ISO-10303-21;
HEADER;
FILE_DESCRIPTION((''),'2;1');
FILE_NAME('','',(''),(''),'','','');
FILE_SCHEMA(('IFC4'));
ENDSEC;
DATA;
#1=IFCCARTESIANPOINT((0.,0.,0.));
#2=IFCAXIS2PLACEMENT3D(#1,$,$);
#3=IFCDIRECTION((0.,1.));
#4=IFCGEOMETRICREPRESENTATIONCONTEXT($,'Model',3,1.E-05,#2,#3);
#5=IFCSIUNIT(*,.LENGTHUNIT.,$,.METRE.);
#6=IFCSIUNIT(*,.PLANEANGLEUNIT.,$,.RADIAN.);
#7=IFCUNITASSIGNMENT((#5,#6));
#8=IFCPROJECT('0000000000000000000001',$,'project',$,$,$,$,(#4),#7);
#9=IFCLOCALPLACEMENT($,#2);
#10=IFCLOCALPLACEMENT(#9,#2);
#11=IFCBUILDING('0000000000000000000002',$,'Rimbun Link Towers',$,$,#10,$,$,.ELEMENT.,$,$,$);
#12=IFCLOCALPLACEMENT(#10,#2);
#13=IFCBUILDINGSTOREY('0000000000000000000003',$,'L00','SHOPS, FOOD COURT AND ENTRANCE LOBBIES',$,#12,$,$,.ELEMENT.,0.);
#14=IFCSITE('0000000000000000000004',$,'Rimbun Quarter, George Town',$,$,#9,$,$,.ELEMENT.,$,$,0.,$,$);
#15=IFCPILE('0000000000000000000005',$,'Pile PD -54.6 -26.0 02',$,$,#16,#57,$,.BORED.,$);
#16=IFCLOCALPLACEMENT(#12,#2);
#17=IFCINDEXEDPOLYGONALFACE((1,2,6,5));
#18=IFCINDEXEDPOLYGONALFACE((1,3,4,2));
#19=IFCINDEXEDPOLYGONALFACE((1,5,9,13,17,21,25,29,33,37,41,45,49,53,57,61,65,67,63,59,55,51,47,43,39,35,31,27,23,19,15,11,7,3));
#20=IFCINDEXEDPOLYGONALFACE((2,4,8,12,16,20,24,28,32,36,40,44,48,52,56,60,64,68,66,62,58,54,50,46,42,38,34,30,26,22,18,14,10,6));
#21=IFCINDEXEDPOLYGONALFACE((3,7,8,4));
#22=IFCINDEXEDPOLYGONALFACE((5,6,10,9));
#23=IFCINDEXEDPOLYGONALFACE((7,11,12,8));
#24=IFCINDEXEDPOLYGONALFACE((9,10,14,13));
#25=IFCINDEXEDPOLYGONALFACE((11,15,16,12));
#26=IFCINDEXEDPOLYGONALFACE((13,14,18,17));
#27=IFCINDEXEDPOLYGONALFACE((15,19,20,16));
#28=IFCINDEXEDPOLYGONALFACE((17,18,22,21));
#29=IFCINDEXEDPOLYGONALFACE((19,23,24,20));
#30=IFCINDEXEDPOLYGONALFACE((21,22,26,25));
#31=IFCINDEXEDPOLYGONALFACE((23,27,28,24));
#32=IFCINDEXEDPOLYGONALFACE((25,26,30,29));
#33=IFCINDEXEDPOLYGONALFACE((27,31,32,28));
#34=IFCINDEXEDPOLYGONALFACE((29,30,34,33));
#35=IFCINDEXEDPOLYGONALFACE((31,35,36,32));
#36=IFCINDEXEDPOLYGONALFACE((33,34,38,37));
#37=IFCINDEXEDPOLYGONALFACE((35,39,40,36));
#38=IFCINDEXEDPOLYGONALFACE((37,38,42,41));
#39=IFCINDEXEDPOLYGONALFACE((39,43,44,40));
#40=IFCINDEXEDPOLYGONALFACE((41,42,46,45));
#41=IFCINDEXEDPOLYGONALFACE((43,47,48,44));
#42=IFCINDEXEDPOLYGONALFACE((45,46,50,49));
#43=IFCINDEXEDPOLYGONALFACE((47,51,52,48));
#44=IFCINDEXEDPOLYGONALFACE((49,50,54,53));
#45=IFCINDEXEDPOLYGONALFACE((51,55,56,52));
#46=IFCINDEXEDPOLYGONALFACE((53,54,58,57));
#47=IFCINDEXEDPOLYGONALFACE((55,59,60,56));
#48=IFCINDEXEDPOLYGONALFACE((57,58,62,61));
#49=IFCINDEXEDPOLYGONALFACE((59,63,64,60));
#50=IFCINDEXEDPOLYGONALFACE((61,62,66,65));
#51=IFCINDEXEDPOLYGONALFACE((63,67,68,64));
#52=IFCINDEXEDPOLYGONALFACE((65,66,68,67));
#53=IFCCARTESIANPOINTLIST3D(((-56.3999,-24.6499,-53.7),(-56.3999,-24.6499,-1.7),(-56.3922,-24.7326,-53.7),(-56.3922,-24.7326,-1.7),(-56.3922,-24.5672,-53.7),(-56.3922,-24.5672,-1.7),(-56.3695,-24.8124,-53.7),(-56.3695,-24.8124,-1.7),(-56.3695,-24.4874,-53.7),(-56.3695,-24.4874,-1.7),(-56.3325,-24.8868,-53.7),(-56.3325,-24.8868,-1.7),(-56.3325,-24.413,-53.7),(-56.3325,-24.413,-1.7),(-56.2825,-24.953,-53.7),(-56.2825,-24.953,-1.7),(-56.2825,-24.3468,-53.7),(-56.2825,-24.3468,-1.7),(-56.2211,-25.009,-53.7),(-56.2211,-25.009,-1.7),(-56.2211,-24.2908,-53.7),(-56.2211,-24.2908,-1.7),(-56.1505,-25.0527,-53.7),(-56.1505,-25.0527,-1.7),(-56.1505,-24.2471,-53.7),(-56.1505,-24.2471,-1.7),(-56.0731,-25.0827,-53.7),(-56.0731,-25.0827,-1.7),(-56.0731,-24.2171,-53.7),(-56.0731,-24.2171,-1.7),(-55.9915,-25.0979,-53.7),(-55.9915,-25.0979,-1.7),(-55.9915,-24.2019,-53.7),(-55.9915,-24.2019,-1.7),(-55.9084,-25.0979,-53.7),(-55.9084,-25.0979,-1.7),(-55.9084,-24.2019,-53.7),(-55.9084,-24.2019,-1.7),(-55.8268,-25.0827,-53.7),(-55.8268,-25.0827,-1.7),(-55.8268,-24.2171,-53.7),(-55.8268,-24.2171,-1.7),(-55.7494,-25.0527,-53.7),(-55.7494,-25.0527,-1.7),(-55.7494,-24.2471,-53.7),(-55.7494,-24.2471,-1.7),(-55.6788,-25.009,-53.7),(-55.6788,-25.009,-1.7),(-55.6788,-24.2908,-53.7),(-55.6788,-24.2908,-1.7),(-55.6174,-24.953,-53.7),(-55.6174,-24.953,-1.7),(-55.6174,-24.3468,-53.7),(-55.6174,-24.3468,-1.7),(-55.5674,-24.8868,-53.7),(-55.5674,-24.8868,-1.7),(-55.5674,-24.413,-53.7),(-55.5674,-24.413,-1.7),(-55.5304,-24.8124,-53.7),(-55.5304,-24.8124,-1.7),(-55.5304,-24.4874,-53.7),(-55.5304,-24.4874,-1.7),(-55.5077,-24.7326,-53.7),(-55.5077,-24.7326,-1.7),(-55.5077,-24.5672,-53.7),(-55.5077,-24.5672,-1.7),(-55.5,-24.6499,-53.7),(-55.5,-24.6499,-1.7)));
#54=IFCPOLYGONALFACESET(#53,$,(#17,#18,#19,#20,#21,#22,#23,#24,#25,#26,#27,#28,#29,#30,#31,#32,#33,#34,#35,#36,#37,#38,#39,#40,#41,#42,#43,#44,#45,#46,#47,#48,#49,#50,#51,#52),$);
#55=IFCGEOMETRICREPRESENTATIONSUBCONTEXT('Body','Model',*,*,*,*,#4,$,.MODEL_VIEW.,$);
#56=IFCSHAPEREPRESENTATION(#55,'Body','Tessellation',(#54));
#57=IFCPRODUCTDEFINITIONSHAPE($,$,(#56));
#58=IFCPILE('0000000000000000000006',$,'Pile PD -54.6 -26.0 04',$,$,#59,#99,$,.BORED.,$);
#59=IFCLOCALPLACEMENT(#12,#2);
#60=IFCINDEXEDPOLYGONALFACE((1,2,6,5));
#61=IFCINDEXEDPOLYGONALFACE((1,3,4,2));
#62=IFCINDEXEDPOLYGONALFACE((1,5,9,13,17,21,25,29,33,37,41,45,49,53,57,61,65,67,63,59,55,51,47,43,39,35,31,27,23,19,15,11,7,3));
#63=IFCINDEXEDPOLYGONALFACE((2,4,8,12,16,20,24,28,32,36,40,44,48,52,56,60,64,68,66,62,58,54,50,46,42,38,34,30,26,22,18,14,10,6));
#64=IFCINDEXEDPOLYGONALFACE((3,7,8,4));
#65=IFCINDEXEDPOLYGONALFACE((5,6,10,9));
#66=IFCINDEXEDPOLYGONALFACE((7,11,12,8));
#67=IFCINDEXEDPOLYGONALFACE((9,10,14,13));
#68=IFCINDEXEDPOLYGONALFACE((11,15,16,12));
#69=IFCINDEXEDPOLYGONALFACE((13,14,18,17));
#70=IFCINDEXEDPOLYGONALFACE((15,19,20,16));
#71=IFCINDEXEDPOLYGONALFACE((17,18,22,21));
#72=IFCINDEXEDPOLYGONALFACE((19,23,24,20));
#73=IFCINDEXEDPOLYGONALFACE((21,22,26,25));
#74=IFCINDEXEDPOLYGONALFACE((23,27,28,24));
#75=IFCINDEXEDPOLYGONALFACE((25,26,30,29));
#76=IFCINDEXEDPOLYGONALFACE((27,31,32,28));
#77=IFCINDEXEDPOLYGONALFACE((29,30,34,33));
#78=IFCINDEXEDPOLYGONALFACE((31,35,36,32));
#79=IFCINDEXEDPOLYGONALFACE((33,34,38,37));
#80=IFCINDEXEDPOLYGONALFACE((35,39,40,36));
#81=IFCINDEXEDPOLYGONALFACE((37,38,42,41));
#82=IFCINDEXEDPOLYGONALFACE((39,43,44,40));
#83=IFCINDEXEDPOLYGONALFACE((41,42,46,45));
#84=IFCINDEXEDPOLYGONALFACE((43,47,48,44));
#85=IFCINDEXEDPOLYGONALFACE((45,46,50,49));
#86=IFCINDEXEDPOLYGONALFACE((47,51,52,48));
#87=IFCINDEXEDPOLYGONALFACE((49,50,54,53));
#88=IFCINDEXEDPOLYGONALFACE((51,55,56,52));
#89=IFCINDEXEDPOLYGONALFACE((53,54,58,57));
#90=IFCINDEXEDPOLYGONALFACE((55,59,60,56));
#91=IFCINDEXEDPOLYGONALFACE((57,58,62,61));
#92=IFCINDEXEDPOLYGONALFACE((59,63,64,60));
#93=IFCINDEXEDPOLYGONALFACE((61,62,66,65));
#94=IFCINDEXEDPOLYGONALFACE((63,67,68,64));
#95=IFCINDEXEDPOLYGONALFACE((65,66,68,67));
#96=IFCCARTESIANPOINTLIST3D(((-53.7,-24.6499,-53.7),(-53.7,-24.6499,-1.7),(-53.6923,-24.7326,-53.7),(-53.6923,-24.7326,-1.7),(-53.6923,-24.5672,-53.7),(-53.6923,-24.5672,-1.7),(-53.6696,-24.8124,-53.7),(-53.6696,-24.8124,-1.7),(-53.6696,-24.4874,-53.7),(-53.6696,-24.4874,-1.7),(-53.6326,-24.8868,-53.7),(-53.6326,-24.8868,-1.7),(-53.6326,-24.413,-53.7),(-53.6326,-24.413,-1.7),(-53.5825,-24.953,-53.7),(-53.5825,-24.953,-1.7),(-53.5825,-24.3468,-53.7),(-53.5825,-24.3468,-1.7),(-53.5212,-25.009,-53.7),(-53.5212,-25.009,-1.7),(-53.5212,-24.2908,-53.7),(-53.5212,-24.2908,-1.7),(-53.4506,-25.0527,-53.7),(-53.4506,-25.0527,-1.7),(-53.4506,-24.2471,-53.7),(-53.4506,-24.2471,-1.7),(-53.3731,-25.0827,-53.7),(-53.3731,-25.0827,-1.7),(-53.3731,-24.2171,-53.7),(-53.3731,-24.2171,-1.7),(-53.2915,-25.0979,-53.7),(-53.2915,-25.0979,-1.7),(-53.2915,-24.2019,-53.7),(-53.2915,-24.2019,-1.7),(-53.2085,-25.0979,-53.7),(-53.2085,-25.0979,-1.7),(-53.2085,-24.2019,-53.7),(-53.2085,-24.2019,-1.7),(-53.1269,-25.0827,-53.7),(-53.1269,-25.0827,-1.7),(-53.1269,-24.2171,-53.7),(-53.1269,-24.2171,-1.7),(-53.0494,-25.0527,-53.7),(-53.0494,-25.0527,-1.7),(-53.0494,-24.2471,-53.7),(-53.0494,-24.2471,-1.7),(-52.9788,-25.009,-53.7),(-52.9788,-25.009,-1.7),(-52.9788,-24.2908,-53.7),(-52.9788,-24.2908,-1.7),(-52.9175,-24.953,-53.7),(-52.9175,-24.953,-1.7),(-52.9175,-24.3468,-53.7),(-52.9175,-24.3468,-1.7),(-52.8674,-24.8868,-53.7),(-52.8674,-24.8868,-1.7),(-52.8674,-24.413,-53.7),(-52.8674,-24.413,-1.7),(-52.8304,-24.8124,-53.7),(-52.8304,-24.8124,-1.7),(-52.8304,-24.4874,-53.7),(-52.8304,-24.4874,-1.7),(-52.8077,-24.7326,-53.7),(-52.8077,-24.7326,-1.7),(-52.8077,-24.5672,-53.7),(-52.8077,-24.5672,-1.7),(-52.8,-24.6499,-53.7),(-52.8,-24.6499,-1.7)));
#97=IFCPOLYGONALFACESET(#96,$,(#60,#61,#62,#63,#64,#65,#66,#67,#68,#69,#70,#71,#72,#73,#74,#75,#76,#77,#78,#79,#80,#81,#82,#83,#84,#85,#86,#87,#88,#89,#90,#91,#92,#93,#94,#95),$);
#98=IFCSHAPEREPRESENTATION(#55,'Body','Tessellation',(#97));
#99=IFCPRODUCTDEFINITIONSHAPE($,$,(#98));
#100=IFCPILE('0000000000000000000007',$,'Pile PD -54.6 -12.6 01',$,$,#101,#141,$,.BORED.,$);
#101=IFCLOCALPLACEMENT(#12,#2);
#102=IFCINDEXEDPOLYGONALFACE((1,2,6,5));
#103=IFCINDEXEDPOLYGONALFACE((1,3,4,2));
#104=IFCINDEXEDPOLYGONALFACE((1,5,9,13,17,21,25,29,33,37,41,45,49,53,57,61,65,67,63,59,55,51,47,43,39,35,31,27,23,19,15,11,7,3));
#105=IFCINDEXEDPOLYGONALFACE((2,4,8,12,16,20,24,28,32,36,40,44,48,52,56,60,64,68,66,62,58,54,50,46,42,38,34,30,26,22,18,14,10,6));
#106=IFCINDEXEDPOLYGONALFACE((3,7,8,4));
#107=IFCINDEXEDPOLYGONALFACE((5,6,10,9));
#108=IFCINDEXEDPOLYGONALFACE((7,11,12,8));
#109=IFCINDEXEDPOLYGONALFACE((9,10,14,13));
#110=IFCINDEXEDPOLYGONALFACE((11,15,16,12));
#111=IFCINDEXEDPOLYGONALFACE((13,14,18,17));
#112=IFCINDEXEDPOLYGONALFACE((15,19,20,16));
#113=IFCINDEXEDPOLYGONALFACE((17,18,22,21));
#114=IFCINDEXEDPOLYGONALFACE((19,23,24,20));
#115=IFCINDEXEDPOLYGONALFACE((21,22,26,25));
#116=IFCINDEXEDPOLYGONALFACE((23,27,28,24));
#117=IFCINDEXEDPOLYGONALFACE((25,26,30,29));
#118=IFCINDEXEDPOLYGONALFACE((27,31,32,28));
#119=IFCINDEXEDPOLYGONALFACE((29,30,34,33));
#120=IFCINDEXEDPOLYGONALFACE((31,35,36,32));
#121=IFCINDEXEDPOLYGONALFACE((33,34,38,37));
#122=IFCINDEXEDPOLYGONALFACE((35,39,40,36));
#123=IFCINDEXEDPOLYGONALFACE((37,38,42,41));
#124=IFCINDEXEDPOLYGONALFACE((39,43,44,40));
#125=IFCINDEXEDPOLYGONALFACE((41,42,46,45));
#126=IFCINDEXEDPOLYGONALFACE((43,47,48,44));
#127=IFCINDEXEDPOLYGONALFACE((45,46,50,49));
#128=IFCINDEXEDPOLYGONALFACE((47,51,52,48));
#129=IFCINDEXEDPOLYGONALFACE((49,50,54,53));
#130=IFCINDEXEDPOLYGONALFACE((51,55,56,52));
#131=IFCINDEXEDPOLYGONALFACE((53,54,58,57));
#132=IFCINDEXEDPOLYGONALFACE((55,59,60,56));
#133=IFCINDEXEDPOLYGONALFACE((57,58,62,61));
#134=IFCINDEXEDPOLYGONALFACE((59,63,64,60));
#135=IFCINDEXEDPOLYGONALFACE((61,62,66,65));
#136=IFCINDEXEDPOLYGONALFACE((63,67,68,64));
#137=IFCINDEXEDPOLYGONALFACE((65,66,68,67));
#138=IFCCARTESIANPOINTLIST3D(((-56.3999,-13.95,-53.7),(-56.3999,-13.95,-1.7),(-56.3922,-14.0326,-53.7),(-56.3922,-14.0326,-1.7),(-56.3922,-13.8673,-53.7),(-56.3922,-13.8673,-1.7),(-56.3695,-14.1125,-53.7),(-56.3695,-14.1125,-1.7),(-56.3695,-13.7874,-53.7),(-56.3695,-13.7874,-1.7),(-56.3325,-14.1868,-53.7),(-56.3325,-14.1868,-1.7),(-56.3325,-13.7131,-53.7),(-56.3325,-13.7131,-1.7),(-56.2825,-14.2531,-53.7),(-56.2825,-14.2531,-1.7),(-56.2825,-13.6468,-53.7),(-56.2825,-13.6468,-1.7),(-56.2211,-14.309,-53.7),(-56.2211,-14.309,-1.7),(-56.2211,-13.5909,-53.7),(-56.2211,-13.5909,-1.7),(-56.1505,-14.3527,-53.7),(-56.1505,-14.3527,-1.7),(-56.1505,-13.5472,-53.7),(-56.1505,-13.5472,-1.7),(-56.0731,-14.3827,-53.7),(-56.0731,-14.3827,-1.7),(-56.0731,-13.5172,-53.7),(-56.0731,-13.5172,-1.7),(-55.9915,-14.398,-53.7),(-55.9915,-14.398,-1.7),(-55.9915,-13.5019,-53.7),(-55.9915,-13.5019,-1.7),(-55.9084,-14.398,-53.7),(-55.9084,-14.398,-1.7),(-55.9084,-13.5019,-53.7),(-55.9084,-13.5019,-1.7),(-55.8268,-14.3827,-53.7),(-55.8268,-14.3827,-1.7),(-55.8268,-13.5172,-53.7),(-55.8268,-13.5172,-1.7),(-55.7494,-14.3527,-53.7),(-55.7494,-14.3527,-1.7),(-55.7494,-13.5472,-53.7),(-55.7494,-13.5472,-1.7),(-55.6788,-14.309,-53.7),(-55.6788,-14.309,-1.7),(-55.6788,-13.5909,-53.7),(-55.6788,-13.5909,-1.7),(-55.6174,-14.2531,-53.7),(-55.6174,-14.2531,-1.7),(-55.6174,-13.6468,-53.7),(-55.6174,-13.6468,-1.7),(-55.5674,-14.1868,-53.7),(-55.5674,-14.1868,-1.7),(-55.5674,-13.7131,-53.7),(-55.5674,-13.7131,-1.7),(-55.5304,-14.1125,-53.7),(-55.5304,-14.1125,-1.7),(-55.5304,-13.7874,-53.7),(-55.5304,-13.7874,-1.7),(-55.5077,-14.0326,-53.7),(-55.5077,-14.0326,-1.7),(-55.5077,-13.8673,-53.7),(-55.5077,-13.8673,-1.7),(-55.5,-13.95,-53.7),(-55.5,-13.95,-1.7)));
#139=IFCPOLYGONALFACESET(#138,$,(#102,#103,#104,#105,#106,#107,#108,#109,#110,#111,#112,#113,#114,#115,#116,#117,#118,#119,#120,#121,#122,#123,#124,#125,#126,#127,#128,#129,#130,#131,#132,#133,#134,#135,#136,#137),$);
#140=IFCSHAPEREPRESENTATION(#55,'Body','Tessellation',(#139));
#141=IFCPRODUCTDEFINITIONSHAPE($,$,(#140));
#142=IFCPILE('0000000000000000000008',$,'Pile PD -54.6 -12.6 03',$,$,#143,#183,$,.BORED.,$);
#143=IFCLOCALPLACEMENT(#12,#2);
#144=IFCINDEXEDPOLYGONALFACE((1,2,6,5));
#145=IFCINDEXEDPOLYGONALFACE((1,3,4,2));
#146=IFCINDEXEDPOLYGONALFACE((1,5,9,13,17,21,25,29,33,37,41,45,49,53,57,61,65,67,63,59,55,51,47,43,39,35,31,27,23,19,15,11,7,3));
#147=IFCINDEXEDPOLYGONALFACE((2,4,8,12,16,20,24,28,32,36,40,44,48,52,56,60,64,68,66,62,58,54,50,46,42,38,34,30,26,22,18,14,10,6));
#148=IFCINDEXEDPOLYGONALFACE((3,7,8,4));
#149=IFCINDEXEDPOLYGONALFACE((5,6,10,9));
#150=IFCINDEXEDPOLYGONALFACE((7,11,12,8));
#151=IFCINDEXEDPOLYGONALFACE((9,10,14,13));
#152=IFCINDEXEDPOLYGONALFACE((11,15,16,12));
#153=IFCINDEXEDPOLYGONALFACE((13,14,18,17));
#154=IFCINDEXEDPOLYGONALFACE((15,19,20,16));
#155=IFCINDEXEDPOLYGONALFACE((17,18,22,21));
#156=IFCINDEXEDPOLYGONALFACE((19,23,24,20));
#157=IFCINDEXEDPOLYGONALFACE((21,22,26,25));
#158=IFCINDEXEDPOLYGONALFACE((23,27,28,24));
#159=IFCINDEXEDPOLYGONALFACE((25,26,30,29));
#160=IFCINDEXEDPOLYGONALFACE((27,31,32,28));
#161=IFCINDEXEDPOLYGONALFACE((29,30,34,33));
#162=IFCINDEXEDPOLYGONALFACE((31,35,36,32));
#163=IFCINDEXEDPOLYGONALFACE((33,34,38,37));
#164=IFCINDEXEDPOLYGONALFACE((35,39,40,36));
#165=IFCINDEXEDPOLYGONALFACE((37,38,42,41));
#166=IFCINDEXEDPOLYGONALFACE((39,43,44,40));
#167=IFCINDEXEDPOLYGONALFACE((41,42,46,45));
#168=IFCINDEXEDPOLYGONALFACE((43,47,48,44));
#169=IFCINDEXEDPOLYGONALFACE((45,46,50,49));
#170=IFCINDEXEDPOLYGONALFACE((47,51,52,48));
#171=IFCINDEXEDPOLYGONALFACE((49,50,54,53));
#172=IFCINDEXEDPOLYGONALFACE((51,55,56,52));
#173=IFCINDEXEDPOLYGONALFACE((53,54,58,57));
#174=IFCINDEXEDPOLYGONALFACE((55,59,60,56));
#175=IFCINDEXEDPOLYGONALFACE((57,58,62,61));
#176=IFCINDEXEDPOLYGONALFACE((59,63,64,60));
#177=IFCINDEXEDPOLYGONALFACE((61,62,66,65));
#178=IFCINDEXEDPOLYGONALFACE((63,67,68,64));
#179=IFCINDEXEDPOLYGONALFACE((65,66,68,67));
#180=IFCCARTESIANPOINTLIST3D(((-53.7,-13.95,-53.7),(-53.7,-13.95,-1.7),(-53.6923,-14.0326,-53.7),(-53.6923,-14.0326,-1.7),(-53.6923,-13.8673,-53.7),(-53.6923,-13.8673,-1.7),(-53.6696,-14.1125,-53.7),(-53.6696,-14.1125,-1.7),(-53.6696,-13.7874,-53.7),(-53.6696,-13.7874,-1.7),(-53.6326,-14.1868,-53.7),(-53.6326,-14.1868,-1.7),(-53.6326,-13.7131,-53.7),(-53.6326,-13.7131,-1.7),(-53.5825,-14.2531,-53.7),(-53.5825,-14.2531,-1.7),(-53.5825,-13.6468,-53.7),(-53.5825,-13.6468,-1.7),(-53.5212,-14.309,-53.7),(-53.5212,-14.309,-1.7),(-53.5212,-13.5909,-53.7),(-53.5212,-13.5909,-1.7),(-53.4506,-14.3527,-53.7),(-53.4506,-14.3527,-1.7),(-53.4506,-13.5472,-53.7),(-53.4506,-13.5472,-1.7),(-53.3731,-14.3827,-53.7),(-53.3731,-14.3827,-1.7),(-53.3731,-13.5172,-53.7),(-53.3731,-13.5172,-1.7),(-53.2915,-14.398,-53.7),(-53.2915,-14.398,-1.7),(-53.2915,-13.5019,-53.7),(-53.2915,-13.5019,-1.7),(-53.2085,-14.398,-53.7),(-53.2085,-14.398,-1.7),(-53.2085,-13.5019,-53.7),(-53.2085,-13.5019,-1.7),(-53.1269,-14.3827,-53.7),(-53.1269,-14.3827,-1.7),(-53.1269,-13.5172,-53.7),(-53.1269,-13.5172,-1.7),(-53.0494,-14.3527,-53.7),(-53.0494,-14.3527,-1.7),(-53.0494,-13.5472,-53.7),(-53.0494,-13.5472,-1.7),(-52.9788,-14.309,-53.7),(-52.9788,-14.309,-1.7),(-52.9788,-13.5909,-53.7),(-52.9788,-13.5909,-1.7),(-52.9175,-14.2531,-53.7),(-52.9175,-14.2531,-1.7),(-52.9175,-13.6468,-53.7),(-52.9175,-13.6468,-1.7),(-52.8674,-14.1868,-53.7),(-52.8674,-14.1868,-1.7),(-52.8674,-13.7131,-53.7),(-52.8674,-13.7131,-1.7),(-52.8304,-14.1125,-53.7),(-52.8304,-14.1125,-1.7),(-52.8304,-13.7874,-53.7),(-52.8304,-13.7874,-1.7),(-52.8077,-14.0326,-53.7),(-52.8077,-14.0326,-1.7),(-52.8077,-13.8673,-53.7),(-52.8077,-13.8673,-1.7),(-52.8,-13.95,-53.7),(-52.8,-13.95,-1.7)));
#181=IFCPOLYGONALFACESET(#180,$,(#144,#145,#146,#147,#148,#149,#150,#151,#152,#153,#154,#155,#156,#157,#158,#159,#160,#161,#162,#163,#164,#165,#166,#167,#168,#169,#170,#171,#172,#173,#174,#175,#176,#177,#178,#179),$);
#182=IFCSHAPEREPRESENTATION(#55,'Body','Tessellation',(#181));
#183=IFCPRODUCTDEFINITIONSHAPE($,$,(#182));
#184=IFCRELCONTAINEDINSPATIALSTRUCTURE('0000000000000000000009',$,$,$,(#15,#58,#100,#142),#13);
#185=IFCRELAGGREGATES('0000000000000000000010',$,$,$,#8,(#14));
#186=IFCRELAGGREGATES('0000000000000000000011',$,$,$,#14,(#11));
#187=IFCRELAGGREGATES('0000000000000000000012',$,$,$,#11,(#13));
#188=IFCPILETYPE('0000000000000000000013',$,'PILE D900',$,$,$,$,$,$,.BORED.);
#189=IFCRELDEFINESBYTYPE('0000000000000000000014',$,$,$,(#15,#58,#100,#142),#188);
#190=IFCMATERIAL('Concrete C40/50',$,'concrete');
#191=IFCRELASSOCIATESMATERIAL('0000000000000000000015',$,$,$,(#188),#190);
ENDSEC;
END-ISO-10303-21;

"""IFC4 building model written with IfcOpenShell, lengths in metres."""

from ifc_helpers import new_model, si_unit, direction, frame, origin, origin_2d, place, context, subcontext, project, spatial, circle, extrude, material, material_profile, profile_set, type_object, element, save


model = new_model("IFC4")

# Units and contexts
model_context = context("Model", 3, precision=1e-05, world=origin(), true_north=direction((0.0, 1.0)))
body_context = subcontext(model_context, "Body", "Model", "MODEL_VIEW")
ifc_project = project(units=[si_unit("LENGTHUNIT", "METRE"), si_unit("PLANEANGLEUNIT", "RADIAN")], contexts=[model_context])

# Site, building, storey
site_placement = place(None, origin())
site = spatial("IfcSite", under=ifc_project, at=site_placement, Name="Rimbun Quarter, George Town", CompositionType="ELEMENT", RefElevation=0.0)
building_placement = place(site_placement, origin())
building = spatial("IfcBuilding", under=site, at=building_placement, Name="Rimbun Link Towers", CompositionType="ELEMENT")
storey_placement = place(building_placement, origin())
storey = spatial("IfcBuildingStorey", under=building, at=storey_placement, Name="L00", Description="SHOPS, FOOD COURT AND ENTRANCE LOBBIES", CompositionType="ELEMENT", Elevation=0.0)

# Piles
ifc_material_1 = material(Name="Concrete C40/50", Category="concrete")
ifc_material_profile_1 = material_profile(ifc_material_1, circle(Radius=0.45, at=origin_2d()), Name="PILE D900")
ifc_profile_set_1 = profile_set([ifc_material_profile_1], Name="Concrete C40/50")
pile_type = type_object("IfcPileType", Name="PILE D900", PredefinedType="BORED", material=ifc_profile_set_1)
for number, where, z_axis, x_axis, name in (
    (1, (-55.95, -24.6499, -1.7), (0.0, 0.0, -1.0), (1.0, 0.0, 0.0), "Pile PD -54.6 -26.0 02"),
    (2, (-53.25, -24.6499, -1.7), (0.0, 0.0, -1.0), (1.0, 0.0, 0.0), "Pile PD -54.6 -26.0 04"),
    (3, (-55.95, -13.95, -1.7), (0.0, 0.0, -1.0), (1.0, 0.0, 0.0), "Pile PD -54.6 -12.6 01"),
    (4, (-53.25, -13.95, -1.7), (0.0, 0.0, -1.0), (1.0, 0.0, 0.0), "Pile PD -54.6 -12.6 03"),
):
    element("IfcPile", number, at=place(storey_placement, frame(where, z_axis=z_axis, x_axis=x_axis)), inside=storey, type_object=pile_type, Name=name, PredefinedType="BORED", context=body_context, shape_type="SweptSolid", body=[
        extrude(circle(Radius=0.45, at=origin_2d()), origin(), (0.0, 0.0, 1.0), 52.0),
    ])

save(model, "model.ifc")
